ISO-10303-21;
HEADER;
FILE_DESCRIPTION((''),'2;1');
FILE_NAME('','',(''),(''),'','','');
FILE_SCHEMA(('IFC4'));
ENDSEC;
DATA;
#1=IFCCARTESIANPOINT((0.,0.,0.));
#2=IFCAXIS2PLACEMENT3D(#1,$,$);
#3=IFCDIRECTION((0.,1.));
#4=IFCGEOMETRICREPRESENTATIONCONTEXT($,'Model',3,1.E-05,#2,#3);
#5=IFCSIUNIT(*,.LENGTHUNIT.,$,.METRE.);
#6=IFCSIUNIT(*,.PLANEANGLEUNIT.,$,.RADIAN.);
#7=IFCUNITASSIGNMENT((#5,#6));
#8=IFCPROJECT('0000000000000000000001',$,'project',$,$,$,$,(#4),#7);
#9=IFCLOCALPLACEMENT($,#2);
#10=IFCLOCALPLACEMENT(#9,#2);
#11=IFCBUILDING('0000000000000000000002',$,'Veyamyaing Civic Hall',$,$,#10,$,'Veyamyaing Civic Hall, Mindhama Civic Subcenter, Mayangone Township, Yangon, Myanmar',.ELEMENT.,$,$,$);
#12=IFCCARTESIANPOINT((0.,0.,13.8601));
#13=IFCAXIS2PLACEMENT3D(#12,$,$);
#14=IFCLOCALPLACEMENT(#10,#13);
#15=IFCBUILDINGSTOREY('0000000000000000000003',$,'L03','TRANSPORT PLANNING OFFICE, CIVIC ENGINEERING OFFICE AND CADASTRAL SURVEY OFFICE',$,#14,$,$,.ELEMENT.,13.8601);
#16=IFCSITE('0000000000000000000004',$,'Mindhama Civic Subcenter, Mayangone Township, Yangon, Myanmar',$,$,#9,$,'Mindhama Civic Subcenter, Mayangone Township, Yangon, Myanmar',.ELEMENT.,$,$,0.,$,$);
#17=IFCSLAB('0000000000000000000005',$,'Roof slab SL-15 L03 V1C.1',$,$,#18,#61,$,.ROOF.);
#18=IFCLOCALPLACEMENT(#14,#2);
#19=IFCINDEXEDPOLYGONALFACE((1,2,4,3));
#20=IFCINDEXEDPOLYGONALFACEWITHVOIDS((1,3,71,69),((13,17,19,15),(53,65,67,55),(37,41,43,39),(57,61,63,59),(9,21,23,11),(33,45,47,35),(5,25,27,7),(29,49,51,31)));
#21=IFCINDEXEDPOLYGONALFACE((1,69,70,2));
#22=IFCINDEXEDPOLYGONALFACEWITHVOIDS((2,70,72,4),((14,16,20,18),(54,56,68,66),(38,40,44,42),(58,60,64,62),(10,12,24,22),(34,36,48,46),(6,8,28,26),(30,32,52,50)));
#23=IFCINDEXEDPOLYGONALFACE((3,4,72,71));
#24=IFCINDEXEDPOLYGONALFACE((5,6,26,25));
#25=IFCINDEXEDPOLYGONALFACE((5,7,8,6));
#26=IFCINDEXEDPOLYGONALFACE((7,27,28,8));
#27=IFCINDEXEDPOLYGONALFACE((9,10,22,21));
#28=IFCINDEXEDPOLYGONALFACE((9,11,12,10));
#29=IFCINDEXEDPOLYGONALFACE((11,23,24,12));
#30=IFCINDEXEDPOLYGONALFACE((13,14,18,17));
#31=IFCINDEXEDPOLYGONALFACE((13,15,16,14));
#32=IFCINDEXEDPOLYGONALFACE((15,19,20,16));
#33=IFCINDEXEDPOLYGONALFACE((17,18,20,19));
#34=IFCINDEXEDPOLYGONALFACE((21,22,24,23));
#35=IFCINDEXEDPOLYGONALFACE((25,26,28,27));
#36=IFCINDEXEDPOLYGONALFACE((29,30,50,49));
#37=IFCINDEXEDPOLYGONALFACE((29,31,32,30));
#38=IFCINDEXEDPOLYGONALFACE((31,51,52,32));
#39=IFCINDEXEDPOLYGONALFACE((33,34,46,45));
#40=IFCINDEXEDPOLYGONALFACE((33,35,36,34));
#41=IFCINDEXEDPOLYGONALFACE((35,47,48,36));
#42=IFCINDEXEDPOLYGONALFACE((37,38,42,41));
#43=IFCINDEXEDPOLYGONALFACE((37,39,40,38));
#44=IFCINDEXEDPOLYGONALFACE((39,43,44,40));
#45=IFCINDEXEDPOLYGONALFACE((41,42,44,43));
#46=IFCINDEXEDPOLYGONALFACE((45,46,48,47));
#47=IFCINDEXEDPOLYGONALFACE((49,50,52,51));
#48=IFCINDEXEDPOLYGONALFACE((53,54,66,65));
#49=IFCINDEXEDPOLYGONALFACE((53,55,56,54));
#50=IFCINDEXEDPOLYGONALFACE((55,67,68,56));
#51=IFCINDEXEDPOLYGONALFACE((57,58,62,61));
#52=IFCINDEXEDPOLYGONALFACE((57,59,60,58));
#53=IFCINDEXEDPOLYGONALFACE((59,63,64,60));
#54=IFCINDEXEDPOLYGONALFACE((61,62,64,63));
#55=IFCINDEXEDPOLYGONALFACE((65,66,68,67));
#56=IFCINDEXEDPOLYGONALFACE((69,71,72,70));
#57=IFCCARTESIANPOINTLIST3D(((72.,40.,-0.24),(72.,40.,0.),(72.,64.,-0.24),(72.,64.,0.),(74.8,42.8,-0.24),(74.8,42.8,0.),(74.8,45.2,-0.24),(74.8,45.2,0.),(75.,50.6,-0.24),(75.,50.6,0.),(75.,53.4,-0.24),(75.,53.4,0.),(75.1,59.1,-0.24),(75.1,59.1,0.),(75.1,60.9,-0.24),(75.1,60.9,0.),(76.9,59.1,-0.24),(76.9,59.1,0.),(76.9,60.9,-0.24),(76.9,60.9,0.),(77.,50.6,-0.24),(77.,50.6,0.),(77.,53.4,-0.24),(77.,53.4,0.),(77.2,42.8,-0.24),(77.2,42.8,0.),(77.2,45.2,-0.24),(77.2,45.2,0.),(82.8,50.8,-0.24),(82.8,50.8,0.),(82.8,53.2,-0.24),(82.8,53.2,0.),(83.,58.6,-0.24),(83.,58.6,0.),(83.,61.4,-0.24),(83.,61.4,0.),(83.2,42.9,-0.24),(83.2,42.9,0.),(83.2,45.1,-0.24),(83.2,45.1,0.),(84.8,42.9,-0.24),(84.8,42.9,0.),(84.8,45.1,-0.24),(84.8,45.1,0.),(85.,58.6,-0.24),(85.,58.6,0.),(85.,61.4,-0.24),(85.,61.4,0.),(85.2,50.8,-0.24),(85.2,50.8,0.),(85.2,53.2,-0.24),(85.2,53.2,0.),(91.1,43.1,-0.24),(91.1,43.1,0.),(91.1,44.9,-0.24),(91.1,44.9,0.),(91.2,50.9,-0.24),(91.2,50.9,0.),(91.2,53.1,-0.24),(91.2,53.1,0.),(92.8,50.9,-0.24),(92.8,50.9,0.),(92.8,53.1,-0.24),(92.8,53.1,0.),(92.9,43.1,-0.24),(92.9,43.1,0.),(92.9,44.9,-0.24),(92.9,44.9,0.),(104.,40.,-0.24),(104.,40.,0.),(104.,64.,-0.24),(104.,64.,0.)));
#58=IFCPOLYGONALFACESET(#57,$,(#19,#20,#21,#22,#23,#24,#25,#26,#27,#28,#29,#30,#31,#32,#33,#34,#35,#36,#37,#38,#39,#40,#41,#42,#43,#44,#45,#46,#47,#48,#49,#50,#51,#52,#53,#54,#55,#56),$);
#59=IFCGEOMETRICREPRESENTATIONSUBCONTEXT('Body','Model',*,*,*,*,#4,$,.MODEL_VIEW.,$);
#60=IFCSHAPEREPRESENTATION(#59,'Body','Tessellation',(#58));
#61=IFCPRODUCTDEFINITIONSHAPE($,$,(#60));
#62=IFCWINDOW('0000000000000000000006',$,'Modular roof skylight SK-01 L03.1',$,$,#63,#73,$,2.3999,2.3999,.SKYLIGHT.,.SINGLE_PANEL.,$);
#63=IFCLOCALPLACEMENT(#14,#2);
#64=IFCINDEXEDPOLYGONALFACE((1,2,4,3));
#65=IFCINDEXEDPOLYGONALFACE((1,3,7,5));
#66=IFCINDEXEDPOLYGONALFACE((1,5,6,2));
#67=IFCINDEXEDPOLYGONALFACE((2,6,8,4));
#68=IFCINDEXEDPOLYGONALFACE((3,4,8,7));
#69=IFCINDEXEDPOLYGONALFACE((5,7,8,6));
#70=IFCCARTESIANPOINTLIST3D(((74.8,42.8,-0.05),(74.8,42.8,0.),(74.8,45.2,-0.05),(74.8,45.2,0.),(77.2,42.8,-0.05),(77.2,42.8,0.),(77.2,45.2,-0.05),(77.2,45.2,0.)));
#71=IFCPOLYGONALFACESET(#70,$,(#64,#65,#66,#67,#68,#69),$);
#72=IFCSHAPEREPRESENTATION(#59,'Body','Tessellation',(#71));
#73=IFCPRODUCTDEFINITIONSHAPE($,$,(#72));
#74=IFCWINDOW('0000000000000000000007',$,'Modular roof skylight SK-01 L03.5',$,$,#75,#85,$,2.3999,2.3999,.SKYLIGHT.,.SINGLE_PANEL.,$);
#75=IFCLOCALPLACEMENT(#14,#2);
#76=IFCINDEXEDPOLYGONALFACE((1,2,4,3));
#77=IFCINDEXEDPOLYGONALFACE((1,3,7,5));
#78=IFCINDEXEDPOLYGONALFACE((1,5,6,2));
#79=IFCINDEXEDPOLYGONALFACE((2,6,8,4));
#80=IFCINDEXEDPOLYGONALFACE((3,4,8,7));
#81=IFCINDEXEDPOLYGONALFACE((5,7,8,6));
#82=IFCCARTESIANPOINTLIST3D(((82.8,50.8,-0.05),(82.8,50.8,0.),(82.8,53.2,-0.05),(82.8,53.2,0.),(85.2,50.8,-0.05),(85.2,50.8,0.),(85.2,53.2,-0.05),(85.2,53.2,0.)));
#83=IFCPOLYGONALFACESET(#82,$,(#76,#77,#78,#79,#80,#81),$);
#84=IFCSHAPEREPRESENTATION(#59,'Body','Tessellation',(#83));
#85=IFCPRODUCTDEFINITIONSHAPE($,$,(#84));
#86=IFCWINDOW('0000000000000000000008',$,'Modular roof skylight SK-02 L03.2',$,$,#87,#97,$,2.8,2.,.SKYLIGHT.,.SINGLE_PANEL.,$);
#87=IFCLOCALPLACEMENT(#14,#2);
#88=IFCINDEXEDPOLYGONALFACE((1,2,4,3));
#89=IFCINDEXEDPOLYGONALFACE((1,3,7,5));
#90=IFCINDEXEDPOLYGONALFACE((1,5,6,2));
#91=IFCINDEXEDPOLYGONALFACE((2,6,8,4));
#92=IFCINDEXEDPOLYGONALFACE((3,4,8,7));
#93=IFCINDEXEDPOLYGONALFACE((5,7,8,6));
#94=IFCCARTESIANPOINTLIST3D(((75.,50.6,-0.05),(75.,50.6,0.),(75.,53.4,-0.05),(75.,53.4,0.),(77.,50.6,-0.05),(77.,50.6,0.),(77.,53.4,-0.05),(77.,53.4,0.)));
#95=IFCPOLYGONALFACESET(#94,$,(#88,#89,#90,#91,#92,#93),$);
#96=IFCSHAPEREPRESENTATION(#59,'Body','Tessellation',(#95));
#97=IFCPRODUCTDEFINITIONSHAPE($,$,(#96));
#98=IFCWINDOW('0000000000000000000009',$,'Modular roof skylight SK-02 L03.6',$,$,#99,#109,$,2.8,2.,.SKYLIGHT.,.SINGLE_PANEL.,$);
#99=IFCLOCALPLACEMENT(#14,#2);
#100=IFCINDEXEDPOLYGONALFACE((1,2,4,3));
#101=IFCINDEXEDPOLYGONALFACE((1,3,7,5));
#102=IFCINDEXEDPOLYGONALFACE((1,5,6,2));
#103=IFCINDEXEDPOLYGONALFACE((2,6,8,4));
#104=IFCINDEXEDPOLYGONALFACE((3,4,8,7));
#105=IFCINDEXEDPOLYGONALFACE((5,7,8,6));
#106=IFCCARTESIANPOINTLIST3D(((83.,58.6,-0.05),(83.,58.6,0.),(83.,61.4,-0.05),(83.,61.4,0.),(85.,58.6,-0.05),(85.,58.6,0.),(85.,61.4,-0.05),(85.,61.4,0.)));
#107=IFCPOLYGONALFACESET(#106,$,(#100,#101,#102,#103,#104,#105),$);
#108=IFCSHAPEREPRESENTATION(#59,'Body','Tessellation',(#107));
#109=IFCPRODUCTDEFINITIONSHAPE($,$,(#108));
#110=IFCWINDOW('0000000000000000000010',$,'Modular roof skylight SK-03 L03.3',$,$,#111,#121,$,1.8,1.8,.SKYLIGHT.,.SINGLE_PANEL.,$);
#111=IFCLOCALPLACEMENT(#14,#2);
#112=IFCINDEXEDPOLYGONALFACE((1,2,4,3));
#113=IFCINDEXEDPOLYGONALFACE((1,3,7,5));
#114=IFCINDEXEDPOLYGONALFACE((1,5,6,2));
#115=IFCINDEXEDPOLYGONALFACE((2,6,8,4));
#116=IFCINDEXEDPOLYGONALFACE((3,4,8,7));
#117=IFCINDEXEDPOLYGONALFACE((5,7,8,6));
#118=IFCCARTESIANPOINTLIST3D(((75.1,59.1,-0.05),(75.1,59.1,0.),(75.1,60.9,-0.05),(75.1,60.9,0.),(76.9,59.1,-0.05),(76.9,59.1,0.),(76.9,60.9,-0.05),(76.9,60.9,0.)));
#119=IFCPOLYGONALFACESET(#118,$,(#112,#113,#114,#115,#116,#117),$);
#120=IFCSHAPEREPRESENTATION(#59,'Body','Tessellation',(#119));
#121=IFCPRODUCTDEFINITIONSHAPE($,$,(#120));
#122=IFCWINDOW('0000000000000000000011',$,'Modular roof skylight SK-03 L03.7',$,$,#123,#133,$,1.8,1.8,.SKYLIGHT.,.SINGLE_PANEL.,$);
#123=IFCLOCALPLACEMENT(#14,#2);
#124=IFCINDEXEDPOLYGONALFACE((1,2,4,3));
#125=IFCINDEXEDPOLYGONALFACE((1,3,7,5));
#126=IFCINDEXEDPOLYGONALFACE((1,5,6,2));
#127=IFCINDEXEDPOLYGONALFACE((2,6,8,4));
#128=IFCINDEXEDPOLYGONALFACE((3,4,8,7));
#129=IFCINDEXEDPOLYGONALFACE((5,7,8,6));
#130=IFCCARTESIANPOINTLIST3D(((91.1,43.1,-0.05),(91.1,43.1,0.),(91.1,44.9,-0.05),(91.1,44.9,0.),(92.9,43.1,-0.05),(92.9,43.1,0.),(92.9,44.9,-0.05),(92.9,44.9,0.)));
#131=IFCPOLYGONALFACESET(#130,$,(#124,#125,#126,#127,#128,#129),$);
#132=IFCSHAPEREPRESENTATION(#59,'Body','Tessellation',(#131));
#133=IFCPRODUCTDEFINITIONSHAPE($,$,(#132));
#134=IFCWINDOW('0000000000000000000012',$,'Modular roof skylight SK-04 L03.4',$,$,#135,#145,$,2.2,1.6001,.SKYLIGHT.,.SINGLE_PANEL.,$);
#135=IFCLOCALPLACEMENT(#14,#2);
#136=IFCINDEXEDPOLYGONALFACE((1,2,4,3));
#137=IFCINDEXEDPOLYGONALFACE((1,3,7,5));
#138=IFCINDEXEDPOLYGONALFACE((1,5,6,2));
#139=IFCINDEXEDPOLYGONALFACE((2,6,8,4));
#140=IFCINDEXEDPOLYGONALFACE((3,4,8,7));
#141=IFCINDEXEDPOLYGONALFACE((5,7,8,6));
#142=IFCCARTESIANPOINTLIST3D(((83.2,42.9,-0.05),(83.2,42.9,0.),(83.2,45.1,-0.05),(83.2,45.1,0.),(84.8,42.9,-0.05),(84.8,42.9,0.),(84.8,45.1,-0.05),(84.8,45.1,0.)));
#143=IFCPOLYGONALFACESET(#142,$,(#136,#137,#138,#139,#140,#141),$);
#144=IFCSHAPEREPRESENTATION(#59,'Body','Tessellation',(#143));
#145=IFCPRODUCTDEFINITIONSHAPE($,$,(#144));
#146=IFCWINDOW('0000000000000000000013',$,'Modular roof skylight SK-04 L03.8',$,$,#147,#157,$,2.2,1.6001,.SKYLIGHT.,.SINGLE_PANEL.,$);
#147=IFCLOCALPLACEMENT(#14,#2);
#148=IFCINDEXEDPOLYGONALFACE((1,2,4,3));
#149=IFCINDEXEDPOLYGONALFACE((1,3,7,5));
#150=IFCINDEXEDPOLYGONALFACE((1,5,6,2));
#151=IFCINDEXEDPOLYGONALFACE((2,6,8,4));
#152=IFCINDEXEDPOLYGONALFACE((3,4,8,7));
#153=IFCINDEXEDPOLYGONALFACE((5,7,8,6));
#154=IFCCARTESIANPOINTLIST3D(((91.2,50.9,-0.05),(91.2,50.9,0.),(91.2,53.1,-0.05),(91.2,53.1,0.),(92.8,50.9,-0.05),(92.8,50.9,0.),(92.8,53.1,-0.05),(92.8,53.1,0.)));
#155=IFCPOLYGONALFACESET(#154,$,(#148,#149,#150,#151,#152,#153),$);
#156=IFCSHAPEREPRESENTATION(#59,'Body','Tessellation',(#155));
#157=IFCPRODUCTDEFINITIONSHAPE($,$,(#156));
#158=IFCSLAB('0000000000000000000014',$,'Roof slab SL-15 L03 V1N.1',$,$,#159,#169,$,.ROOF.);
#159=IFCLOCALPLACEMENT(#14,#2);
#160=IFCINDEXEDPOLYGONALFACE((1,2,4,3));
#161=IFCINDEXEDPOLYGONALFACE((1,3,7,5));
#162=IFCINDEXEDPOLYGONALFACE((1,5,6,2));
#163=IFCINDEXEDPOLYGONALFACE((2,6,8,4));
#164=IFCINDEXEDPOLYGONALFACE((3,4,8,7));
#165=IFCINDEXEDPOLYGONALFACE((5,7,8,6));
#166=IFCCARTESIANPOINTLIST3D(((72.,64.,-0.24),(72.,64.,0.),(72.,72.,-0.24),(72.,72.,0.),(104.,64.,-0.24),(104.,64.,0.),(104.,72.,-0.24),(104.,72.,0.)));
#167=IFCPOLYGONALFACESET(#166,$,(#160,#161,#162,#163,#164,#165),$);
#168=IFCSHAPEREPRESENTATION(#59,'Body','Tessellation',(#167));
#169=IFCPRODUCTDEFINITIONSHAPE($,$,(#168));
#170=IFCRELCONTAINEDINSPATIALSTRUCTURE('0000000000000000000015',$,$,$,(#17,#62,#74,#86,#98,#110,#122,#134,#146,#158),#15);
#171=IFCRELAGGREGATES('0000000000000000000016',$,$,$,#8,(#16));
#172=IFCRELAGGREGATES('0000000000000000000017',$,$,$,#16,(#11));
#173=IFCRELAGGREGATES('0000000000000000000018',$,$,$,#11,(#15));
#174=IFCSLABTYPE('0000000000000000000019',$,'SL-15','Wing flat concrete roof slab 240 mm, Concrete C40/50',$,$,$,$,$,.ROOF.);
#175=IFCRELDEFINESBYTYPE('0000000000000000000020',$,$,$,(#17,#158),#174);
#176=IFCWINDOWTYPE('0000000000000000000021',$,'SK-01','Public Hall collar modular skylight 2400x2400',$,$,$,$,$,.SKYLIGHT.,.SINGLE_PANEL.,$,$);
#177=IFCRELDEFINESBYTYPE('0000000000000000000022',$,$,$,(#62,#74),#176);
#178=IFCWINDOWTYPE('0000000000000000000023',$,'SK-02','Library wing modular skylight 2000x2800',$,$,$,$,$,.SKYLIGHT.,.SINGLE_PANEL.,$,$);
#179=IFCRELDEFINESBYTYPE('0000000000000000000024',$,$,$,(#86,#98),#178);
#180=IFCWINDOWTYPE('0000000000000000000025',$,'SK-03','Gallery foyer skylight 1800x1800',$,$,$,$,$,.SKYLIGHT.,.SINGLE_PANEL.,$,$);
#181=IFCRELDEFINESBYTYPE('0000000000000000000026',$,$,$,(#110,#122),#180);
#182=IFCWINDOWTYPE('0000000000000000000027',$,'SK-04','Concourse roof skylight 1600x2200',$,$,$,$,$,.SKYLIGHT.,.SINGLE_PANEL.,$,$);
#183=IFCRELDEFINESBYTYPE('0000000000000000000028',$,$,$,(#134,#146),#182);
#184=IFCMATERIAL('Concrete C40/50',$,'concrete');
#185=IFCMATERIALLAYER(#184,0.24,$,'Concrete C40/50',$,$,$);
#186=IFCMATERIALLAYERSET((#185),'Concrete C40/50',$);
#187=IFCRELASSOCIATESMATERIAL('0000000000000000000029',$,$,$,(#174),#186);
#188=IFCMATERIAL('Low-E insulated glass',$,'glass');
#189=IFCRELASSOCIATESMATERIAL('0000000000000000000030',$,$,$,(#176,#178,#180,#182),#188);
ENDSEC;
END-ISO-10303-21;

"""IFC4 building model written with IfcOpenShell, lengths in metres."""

from ifc_helpers import new_model, si_unit, direction, frame, origin, origin_2d, place, context, subcontext, project, spatial, polyline, rectangle, outline, extrude, material, layer, layer_set, type_object, element, fill, save


model = new_model("IFC4")

# Units and contexts
model_context = context("Model", 3, precision=1e-05, world=origin(), true_north=direction((0.0, 1.0)))
body_context = subcontext(model_context, "Body", "Model", "MODEL_VIEW")
ifc_project = project(units=[si_unit("LENGTHUNIT", "METRE"), si_unit("PLANEANGLEUNIT", "RADIAN")], contexts=[model_context])

# Site, building, storey
site_placement = place(None, origin())
site = spatial("IfcSite", under=ifc_project, at=site_placement, Name="Mindhama Civic Subcenter, Mayangone Township, Yangon, Myanmar", LongName="Mindhama Civic Subcenter, Mayangone Township, Yangon, Myanmar", CompositionType="ELEMENT", RefElevation=0.0)
building_placement = place(site_placement, origin())
building = spatial("IfcBuilding", under=site, at=building_placement, Name="Veyamyaing Civic Hall", LongName="Veyamyaing Civic Hall, Mindhama Civic Subcenter, Mayangone Township, Yangon, Myanmar", CompositionType="ELEMENT")
storey_placement = place(building_placement, frame((0.0, 0.0, 13.8601)))
storey = spatial("IfcBuildingStorey", under=building, at=storey_placement, Name="L03", Description="TRANSPORT PLANNING OFFICE, CIVIC ENGINEERING OFFICE AND CADASTRAL SURVEY OFFICE", CompositionType="ELEMENT", Elevation=13.8601)

# Shared definitions
ifc_material_1 = material(Name="Concrete C40/50", Category="concrete")

# Slab, openings, windows
ifc_layer_1 = layer(ifc_material_1, 0.24, Name="Concrete C40/50")
ifc_layer_set_1 = layer_set([ifc_layer_1], Name="Concrete C40/50")
slab_type_1 = type_object("IfcSlabType", Name="SL-15", Description="Wing flat concrete roof slab 240 mm, Concrete C40/50", PredefinedType="ROOF", material=ifc_layer_set_1)
slab_1_placement = place(storey_placement, frame((0.0, 0.0, -0.24)))
slab_1 = element("IfcSlab", 1, at=slab_1_placement, inside=storey, type_object=slab_type_1, Name="Roof slab SL-15 L03 V1C.1", PredefinedType="ROOF", context=body_context, shape_type="SweptSolid", body=[
    extrude(outline(polyline([(72.0, 40.0), (72.0, 64.0), (104.0, 64.0), (104.0, 40.0), (72.0, 40.0)])), origin(), (0.0, 0.0, 1.0), 0.24),
])
opening_1_placement = place(slab_1_placement, frame((76.0, 44.0, 0.0)))
opening_1 = element("IfcOpeningElement", 2, at=opening_1_placement, cuts=slab_1, PredefinedType="OPENING", context=body_context, shape_type="SweptSolid", body=[
    extrude(rectangle(XDim=2.3999, YDim=2.3999, at=origin_2d()), frame((0.0, 0.0, -0.01)), (0.0, 0.0, 1.0), 0.26),
])
opening_2_placement = place(slab_1_placement, frame((76.0, 52.0, 0.0)))
opening_2 = element("IfcOpeningElement", 3, at=opening_2_placement, cuts=slab_1, PredefinedType="OPENING", context=body_context, shape_type="SweptSolid", body=[
    extrude(rectangle(XDim=2.0, YDim=2.8, at=origin_2d()), frame((0.0, 0.0, -0.01)), (0.0, 0.0, 1.0), 0.26),
])
opening_3_placement = place(slab_1_placement, frame((76.0, 60.0, 0.0)))
opening_3 = element("IfcOpeningElement", 4, at=opening_3_placement, cuts=slab_1, PredefinedType="OPENING", context=body_context, shape_type="SweptSolid", body=[
    extrude(rectangle(XDim=1.8, YDim=1.8, at=origin_2d()), frame((0.0, 0.0, -0.01)), (0.0, 0.0, 1.0), 0.26),
])
opening_4_placement = place(slab_1_placement, frame((84.0, 44.0, 0.0)))
opening_4 = element("IfcOpeningElement", 5, at=opening_4_placement, cuts=slab_1, PredefinedType="OPENING", context=body_context, shape_type="SweptSolid", body=[
    extrude(rectangle(XDim=1.6001, YDim=2.2, at=origin_2d()), frame((0.0, 0.0, -0.01)), (0.0, 0.0, 1.0), 0.26),
])
opening_5_placement = place(slab_1_placement, frame((84.0, 52.0, 0.0)))
opening_5 = element("IfcOpeningElement", 6, at=opening_5_placement, cuts=slab_1, PredefinedType="OPENING", context=body_context, shape_type="SweptSolid", body=[
    extrude(rectangle(XDim=2.3999, YDim=2.3999, at=origin_2d()), frame((0.0, 0.0, -0.01)), (0.0, 0.0, 1.0), 0.26),
])
opening_6_placement = place(slab_1_placement, frame((84.0, 60.0, 0.0)))
opening_6 = element("IfcOpeningElement", 7, at=opening_6_placement, cuts=slab_1, PredefinedType="OPENING", context=body_context, shape_type="SweptSolid", body=[
    extrude(rectangle(XDim=2.0, YDim=2.8, at=origin_2d()), frame((0.0, 0.0, -0.01)), (0.0, 0.0, 1.0), 0.26),
])
opening_7_placement = place(slab_1_placement, frame((92.0, 44.0, 0.0)))
opening_7 = element("IfcOpeningElement", 8, at=opening_7_placement, cuts=slab_1, PredefinedType="OPENING", context=body_context, shape_type="SweptSolid", body=[
    extrude(rectangle(XDim=1.8, YDim=1.8, at=origin_2d()), frame((0.0, 0.0, -0.01)), (0.0, 0.0, 1.0), 0.26),
])
opening_8_placement = place(slab_1_placement, frame((92.0, 52.0, 0.0)))
opening_8 = element("IfcOpeningElement", 9, at=opening_8_placement, cuts=slab_1, PredefinedType="OPENING", context=body_context, shape_type="SweptSolid", body=[
    extrude(rectangle(XDim=1.6001, YDim=2.2, at=origin_2d()), frame((0.0, 0.0, -0.01)), (0.0, 0.0, 1.0), 0.26),
])
ifc_material_2 = material(Name="Low-E insulated glass", Category="glass")
window_type_1 = type_object("IfcWindowType", Name="SK-01", Description="Public Hall collar modular skylight 2400x2400", PartitioningType="SINGLE_PANEL", PredefinedType="SKYLIGHT", material=ifc_material_2)
window_1_placement = place(opening_1_placement, frame((0.0, 0.0, 0.1899)))
window_1 = element("IfcWindow", 10, at=window_1_placement, inside=storey, type_object=window_type_1, Name="Modular roof skylight SK-01 L03.1", OverallHeight=2.3999, OverallWidth=2.3999, PartitioningType="SINGLE_PANEL", PredefinedType="SKYLIGHT", context=body_context, shape_type="SweptSolid", body=[
    extrude(rectangle(XDim=2.3999, YDim=2.3999, at=origin_2d()), origin(), (0.0, 0.0, 1.0), 0.05),
])
fill(opening_1, window_1)
window_2_placement = place(opening_5_placement, frame((0.0, 0.0, 0.1899)))
window_2 = element("IfcWindow", 11, at=window_2_placement, inside=storey, type_object=window_type_1, Name="Modular roof skylight SK-01 L03.5", OverallHeight=2.3999, OverallWidth=2.3999, PartitioningType="SINGLE_PANEL", PredefinedType="SKYLIGHT", context=body_context, shape_type="SweptSolid", body=[
    extrude(rectangle(XDim=2.3999, YDim=2.3999, at=origin_2d()), origin(), (0.0, 0.0, 1.0), 0.05),
])
fill(opening_5, window_2)
window_type_2 = type_object("IfcWindowType", Name="SK-02", Description="Library wing modular skylight 2000x2800", PartitioningType="SINGLE_PANEL", PredefinedType="SKYLIGHT", material=ifc_material_2)
window_3_placement = place(opening_2_placement, frame((0.0, 0.0, 0.1899)))
window_3 = element("IfcWindow", 12, at=window_3_placement, inside=storey, type_object=window_type_2, Name="Modular roof skylight SK-02 L03.2", OverallHeight=2.8, OverallWidth=2.0, PartitioningType="SINGLE_PANEL", PredefinedType="SKYLIGHT", context=body_context, shape_type="SweptSolid", body=[
    extrude(rectangle(XDim=2.0, YDim=2.8, at=origin_2d()), origin(), (0.0, 0.0, 1.0), 0.05),
])
fill(opening_2, window_3)
window_4_placement = place(opening_6_placement, frame((0.0, 0.0, 0.1899)))
window_4 = element("IfcWindow", 13, at=window_4_placement, inside=storey, type_object=window_type_2, Name="Modular roof skylight SK-02 L03.6", OverallHeight=2.8, OverallWidth=2.0, PartitioningType="SINGLE_PANEL", PredefinedType="SKYLIGHT", context=body_context, shape_type="SweptSolid", body=[
    extrude(rectangle(XDim=2.0, YDim=2.8, at=origin_2d()), origin(), (0.0, 0.0, 1.0), 0.05),
])
fill(opening_6, window_4)
window_type_3 = type_object("IfcWindowType", Name="SK-03", Description="Gallery foyer skylight 1800x1800", PartitioningType="SINGLE_PANEL", PredefinedType="SKYLIGHT", material=ifc_material_2)
window_5_placement = place(opening_3_placement, frame((0.0, 0.0, 0.1899)))
window_5 = element("IfcWindow", 14, at=window_5_placement, inside=storey, type_object=window_type_3, Name="Modular roof skylight SK-03 L03.3", OverallHeight=1.8, OverallWidth=1.8, PartitioningType="SINGLE_PANEL", PredefinedType="SKYLIGHT", context=body_context, shape_type="SweptSolid", body=[
    extrude(rectangle(XDim=1.8, YDim=1.8, at=origin_2d()), origin(), (0.0, 0.0, 1.0), 0.05),
])
fill(opening_3, window_5)
window_6_placement = place(opening_7_placement, frame((0.0, 0.0, 0.1899)))
window_6 = element("IfcWindow", 15, at=window_6_placement, inside=storey, type_object=window_type_3, Name="Modular roof skylight SK-03 L03.7", OverallHeight=1.8, OverallWidth=1.8, PartitioningType="SINGLE_PANEL", PredefinedType="SKYLIGHT", context=body_context, shape_type="SweptSolid", body=[
    extrude(rectangle(XDim=1.8, YDim=1.8, at=origin_2d()), origin(), (0.0, 0.0, 1.0), 0.05),
])
fill(opening_7, window_6)
window_type_4 = type_object("IfcWindowType", Name="SK-04", Description="Concourse roof skylight 1600x2200", PartitioningType="SINGLE_PANEL", PredefinedType="SKYLIGHT", material=ifc_material_2)
window_7_placement = place(opening_4_placement, frame((0.0, 0.0, 0.1899)))
window_7 = element("IfcWindow", 16, at=window_7_placement, inside=storey, type_object=window_type_4, Name="Modular roof skylight SK-04 L03.4", OverallHeight=2.2, OverallWidth=1.6001, PartitioningType="SINGLE_PANEL", PredefinedType="SKYLIGHT", context=body_context, shape_type="SweptSolid", body=[
    extrude(rectangle(XDim=1.6001, YDim=2.2, at=origin_2d()), origin(), (0.0, 0.0, 1.0), 0.05),
])
fill(opening_4, window_7)
window_8_placement = place(opening_8_placement, frame((0.0, 0.0, 0.1899)))
window_8 = element("IfcWindow", 17, at=window_8_placement, inside=storey, type_object=window_type_4, Name="Modular roof skylight SK-04 L03.8", OverallHeight=2.2, OverallWidth=1.6001, PartitioningType="SINGLE_PANEL", PredefinedType="SKYLIGHT", context=body_context, shape_type="SweptSolid", body=[
    extrude(rectangle(XDim=1.6001, YDim=2.2, at=origin_2d()), origin(), (0.0, 0.0, 1.0), 0.05),
])
fill(opening_8, window_8)

# Slab
slab_2_placement = place(storey_placement, frame((0.0, 0.0, -0.24)))
element("IfcSlab", 18, at=slab_2_placement, inside=storey, type_object=slab_type_1, Name="Roof slab SL-15 L03 V1N.1", PredefinedType="ROOF", context=body_context, shape_type="SweptSolid", body=[
    extrude(outline(polyline([(72.0, 72.0), (104.0, 72.0), (104.0, 64.0), (72.0, 64.0), (72.0, 72.0)])), origin(), (0.0, 0.0, 1.0), 0.24),
])

save(model, "model.ifc")
